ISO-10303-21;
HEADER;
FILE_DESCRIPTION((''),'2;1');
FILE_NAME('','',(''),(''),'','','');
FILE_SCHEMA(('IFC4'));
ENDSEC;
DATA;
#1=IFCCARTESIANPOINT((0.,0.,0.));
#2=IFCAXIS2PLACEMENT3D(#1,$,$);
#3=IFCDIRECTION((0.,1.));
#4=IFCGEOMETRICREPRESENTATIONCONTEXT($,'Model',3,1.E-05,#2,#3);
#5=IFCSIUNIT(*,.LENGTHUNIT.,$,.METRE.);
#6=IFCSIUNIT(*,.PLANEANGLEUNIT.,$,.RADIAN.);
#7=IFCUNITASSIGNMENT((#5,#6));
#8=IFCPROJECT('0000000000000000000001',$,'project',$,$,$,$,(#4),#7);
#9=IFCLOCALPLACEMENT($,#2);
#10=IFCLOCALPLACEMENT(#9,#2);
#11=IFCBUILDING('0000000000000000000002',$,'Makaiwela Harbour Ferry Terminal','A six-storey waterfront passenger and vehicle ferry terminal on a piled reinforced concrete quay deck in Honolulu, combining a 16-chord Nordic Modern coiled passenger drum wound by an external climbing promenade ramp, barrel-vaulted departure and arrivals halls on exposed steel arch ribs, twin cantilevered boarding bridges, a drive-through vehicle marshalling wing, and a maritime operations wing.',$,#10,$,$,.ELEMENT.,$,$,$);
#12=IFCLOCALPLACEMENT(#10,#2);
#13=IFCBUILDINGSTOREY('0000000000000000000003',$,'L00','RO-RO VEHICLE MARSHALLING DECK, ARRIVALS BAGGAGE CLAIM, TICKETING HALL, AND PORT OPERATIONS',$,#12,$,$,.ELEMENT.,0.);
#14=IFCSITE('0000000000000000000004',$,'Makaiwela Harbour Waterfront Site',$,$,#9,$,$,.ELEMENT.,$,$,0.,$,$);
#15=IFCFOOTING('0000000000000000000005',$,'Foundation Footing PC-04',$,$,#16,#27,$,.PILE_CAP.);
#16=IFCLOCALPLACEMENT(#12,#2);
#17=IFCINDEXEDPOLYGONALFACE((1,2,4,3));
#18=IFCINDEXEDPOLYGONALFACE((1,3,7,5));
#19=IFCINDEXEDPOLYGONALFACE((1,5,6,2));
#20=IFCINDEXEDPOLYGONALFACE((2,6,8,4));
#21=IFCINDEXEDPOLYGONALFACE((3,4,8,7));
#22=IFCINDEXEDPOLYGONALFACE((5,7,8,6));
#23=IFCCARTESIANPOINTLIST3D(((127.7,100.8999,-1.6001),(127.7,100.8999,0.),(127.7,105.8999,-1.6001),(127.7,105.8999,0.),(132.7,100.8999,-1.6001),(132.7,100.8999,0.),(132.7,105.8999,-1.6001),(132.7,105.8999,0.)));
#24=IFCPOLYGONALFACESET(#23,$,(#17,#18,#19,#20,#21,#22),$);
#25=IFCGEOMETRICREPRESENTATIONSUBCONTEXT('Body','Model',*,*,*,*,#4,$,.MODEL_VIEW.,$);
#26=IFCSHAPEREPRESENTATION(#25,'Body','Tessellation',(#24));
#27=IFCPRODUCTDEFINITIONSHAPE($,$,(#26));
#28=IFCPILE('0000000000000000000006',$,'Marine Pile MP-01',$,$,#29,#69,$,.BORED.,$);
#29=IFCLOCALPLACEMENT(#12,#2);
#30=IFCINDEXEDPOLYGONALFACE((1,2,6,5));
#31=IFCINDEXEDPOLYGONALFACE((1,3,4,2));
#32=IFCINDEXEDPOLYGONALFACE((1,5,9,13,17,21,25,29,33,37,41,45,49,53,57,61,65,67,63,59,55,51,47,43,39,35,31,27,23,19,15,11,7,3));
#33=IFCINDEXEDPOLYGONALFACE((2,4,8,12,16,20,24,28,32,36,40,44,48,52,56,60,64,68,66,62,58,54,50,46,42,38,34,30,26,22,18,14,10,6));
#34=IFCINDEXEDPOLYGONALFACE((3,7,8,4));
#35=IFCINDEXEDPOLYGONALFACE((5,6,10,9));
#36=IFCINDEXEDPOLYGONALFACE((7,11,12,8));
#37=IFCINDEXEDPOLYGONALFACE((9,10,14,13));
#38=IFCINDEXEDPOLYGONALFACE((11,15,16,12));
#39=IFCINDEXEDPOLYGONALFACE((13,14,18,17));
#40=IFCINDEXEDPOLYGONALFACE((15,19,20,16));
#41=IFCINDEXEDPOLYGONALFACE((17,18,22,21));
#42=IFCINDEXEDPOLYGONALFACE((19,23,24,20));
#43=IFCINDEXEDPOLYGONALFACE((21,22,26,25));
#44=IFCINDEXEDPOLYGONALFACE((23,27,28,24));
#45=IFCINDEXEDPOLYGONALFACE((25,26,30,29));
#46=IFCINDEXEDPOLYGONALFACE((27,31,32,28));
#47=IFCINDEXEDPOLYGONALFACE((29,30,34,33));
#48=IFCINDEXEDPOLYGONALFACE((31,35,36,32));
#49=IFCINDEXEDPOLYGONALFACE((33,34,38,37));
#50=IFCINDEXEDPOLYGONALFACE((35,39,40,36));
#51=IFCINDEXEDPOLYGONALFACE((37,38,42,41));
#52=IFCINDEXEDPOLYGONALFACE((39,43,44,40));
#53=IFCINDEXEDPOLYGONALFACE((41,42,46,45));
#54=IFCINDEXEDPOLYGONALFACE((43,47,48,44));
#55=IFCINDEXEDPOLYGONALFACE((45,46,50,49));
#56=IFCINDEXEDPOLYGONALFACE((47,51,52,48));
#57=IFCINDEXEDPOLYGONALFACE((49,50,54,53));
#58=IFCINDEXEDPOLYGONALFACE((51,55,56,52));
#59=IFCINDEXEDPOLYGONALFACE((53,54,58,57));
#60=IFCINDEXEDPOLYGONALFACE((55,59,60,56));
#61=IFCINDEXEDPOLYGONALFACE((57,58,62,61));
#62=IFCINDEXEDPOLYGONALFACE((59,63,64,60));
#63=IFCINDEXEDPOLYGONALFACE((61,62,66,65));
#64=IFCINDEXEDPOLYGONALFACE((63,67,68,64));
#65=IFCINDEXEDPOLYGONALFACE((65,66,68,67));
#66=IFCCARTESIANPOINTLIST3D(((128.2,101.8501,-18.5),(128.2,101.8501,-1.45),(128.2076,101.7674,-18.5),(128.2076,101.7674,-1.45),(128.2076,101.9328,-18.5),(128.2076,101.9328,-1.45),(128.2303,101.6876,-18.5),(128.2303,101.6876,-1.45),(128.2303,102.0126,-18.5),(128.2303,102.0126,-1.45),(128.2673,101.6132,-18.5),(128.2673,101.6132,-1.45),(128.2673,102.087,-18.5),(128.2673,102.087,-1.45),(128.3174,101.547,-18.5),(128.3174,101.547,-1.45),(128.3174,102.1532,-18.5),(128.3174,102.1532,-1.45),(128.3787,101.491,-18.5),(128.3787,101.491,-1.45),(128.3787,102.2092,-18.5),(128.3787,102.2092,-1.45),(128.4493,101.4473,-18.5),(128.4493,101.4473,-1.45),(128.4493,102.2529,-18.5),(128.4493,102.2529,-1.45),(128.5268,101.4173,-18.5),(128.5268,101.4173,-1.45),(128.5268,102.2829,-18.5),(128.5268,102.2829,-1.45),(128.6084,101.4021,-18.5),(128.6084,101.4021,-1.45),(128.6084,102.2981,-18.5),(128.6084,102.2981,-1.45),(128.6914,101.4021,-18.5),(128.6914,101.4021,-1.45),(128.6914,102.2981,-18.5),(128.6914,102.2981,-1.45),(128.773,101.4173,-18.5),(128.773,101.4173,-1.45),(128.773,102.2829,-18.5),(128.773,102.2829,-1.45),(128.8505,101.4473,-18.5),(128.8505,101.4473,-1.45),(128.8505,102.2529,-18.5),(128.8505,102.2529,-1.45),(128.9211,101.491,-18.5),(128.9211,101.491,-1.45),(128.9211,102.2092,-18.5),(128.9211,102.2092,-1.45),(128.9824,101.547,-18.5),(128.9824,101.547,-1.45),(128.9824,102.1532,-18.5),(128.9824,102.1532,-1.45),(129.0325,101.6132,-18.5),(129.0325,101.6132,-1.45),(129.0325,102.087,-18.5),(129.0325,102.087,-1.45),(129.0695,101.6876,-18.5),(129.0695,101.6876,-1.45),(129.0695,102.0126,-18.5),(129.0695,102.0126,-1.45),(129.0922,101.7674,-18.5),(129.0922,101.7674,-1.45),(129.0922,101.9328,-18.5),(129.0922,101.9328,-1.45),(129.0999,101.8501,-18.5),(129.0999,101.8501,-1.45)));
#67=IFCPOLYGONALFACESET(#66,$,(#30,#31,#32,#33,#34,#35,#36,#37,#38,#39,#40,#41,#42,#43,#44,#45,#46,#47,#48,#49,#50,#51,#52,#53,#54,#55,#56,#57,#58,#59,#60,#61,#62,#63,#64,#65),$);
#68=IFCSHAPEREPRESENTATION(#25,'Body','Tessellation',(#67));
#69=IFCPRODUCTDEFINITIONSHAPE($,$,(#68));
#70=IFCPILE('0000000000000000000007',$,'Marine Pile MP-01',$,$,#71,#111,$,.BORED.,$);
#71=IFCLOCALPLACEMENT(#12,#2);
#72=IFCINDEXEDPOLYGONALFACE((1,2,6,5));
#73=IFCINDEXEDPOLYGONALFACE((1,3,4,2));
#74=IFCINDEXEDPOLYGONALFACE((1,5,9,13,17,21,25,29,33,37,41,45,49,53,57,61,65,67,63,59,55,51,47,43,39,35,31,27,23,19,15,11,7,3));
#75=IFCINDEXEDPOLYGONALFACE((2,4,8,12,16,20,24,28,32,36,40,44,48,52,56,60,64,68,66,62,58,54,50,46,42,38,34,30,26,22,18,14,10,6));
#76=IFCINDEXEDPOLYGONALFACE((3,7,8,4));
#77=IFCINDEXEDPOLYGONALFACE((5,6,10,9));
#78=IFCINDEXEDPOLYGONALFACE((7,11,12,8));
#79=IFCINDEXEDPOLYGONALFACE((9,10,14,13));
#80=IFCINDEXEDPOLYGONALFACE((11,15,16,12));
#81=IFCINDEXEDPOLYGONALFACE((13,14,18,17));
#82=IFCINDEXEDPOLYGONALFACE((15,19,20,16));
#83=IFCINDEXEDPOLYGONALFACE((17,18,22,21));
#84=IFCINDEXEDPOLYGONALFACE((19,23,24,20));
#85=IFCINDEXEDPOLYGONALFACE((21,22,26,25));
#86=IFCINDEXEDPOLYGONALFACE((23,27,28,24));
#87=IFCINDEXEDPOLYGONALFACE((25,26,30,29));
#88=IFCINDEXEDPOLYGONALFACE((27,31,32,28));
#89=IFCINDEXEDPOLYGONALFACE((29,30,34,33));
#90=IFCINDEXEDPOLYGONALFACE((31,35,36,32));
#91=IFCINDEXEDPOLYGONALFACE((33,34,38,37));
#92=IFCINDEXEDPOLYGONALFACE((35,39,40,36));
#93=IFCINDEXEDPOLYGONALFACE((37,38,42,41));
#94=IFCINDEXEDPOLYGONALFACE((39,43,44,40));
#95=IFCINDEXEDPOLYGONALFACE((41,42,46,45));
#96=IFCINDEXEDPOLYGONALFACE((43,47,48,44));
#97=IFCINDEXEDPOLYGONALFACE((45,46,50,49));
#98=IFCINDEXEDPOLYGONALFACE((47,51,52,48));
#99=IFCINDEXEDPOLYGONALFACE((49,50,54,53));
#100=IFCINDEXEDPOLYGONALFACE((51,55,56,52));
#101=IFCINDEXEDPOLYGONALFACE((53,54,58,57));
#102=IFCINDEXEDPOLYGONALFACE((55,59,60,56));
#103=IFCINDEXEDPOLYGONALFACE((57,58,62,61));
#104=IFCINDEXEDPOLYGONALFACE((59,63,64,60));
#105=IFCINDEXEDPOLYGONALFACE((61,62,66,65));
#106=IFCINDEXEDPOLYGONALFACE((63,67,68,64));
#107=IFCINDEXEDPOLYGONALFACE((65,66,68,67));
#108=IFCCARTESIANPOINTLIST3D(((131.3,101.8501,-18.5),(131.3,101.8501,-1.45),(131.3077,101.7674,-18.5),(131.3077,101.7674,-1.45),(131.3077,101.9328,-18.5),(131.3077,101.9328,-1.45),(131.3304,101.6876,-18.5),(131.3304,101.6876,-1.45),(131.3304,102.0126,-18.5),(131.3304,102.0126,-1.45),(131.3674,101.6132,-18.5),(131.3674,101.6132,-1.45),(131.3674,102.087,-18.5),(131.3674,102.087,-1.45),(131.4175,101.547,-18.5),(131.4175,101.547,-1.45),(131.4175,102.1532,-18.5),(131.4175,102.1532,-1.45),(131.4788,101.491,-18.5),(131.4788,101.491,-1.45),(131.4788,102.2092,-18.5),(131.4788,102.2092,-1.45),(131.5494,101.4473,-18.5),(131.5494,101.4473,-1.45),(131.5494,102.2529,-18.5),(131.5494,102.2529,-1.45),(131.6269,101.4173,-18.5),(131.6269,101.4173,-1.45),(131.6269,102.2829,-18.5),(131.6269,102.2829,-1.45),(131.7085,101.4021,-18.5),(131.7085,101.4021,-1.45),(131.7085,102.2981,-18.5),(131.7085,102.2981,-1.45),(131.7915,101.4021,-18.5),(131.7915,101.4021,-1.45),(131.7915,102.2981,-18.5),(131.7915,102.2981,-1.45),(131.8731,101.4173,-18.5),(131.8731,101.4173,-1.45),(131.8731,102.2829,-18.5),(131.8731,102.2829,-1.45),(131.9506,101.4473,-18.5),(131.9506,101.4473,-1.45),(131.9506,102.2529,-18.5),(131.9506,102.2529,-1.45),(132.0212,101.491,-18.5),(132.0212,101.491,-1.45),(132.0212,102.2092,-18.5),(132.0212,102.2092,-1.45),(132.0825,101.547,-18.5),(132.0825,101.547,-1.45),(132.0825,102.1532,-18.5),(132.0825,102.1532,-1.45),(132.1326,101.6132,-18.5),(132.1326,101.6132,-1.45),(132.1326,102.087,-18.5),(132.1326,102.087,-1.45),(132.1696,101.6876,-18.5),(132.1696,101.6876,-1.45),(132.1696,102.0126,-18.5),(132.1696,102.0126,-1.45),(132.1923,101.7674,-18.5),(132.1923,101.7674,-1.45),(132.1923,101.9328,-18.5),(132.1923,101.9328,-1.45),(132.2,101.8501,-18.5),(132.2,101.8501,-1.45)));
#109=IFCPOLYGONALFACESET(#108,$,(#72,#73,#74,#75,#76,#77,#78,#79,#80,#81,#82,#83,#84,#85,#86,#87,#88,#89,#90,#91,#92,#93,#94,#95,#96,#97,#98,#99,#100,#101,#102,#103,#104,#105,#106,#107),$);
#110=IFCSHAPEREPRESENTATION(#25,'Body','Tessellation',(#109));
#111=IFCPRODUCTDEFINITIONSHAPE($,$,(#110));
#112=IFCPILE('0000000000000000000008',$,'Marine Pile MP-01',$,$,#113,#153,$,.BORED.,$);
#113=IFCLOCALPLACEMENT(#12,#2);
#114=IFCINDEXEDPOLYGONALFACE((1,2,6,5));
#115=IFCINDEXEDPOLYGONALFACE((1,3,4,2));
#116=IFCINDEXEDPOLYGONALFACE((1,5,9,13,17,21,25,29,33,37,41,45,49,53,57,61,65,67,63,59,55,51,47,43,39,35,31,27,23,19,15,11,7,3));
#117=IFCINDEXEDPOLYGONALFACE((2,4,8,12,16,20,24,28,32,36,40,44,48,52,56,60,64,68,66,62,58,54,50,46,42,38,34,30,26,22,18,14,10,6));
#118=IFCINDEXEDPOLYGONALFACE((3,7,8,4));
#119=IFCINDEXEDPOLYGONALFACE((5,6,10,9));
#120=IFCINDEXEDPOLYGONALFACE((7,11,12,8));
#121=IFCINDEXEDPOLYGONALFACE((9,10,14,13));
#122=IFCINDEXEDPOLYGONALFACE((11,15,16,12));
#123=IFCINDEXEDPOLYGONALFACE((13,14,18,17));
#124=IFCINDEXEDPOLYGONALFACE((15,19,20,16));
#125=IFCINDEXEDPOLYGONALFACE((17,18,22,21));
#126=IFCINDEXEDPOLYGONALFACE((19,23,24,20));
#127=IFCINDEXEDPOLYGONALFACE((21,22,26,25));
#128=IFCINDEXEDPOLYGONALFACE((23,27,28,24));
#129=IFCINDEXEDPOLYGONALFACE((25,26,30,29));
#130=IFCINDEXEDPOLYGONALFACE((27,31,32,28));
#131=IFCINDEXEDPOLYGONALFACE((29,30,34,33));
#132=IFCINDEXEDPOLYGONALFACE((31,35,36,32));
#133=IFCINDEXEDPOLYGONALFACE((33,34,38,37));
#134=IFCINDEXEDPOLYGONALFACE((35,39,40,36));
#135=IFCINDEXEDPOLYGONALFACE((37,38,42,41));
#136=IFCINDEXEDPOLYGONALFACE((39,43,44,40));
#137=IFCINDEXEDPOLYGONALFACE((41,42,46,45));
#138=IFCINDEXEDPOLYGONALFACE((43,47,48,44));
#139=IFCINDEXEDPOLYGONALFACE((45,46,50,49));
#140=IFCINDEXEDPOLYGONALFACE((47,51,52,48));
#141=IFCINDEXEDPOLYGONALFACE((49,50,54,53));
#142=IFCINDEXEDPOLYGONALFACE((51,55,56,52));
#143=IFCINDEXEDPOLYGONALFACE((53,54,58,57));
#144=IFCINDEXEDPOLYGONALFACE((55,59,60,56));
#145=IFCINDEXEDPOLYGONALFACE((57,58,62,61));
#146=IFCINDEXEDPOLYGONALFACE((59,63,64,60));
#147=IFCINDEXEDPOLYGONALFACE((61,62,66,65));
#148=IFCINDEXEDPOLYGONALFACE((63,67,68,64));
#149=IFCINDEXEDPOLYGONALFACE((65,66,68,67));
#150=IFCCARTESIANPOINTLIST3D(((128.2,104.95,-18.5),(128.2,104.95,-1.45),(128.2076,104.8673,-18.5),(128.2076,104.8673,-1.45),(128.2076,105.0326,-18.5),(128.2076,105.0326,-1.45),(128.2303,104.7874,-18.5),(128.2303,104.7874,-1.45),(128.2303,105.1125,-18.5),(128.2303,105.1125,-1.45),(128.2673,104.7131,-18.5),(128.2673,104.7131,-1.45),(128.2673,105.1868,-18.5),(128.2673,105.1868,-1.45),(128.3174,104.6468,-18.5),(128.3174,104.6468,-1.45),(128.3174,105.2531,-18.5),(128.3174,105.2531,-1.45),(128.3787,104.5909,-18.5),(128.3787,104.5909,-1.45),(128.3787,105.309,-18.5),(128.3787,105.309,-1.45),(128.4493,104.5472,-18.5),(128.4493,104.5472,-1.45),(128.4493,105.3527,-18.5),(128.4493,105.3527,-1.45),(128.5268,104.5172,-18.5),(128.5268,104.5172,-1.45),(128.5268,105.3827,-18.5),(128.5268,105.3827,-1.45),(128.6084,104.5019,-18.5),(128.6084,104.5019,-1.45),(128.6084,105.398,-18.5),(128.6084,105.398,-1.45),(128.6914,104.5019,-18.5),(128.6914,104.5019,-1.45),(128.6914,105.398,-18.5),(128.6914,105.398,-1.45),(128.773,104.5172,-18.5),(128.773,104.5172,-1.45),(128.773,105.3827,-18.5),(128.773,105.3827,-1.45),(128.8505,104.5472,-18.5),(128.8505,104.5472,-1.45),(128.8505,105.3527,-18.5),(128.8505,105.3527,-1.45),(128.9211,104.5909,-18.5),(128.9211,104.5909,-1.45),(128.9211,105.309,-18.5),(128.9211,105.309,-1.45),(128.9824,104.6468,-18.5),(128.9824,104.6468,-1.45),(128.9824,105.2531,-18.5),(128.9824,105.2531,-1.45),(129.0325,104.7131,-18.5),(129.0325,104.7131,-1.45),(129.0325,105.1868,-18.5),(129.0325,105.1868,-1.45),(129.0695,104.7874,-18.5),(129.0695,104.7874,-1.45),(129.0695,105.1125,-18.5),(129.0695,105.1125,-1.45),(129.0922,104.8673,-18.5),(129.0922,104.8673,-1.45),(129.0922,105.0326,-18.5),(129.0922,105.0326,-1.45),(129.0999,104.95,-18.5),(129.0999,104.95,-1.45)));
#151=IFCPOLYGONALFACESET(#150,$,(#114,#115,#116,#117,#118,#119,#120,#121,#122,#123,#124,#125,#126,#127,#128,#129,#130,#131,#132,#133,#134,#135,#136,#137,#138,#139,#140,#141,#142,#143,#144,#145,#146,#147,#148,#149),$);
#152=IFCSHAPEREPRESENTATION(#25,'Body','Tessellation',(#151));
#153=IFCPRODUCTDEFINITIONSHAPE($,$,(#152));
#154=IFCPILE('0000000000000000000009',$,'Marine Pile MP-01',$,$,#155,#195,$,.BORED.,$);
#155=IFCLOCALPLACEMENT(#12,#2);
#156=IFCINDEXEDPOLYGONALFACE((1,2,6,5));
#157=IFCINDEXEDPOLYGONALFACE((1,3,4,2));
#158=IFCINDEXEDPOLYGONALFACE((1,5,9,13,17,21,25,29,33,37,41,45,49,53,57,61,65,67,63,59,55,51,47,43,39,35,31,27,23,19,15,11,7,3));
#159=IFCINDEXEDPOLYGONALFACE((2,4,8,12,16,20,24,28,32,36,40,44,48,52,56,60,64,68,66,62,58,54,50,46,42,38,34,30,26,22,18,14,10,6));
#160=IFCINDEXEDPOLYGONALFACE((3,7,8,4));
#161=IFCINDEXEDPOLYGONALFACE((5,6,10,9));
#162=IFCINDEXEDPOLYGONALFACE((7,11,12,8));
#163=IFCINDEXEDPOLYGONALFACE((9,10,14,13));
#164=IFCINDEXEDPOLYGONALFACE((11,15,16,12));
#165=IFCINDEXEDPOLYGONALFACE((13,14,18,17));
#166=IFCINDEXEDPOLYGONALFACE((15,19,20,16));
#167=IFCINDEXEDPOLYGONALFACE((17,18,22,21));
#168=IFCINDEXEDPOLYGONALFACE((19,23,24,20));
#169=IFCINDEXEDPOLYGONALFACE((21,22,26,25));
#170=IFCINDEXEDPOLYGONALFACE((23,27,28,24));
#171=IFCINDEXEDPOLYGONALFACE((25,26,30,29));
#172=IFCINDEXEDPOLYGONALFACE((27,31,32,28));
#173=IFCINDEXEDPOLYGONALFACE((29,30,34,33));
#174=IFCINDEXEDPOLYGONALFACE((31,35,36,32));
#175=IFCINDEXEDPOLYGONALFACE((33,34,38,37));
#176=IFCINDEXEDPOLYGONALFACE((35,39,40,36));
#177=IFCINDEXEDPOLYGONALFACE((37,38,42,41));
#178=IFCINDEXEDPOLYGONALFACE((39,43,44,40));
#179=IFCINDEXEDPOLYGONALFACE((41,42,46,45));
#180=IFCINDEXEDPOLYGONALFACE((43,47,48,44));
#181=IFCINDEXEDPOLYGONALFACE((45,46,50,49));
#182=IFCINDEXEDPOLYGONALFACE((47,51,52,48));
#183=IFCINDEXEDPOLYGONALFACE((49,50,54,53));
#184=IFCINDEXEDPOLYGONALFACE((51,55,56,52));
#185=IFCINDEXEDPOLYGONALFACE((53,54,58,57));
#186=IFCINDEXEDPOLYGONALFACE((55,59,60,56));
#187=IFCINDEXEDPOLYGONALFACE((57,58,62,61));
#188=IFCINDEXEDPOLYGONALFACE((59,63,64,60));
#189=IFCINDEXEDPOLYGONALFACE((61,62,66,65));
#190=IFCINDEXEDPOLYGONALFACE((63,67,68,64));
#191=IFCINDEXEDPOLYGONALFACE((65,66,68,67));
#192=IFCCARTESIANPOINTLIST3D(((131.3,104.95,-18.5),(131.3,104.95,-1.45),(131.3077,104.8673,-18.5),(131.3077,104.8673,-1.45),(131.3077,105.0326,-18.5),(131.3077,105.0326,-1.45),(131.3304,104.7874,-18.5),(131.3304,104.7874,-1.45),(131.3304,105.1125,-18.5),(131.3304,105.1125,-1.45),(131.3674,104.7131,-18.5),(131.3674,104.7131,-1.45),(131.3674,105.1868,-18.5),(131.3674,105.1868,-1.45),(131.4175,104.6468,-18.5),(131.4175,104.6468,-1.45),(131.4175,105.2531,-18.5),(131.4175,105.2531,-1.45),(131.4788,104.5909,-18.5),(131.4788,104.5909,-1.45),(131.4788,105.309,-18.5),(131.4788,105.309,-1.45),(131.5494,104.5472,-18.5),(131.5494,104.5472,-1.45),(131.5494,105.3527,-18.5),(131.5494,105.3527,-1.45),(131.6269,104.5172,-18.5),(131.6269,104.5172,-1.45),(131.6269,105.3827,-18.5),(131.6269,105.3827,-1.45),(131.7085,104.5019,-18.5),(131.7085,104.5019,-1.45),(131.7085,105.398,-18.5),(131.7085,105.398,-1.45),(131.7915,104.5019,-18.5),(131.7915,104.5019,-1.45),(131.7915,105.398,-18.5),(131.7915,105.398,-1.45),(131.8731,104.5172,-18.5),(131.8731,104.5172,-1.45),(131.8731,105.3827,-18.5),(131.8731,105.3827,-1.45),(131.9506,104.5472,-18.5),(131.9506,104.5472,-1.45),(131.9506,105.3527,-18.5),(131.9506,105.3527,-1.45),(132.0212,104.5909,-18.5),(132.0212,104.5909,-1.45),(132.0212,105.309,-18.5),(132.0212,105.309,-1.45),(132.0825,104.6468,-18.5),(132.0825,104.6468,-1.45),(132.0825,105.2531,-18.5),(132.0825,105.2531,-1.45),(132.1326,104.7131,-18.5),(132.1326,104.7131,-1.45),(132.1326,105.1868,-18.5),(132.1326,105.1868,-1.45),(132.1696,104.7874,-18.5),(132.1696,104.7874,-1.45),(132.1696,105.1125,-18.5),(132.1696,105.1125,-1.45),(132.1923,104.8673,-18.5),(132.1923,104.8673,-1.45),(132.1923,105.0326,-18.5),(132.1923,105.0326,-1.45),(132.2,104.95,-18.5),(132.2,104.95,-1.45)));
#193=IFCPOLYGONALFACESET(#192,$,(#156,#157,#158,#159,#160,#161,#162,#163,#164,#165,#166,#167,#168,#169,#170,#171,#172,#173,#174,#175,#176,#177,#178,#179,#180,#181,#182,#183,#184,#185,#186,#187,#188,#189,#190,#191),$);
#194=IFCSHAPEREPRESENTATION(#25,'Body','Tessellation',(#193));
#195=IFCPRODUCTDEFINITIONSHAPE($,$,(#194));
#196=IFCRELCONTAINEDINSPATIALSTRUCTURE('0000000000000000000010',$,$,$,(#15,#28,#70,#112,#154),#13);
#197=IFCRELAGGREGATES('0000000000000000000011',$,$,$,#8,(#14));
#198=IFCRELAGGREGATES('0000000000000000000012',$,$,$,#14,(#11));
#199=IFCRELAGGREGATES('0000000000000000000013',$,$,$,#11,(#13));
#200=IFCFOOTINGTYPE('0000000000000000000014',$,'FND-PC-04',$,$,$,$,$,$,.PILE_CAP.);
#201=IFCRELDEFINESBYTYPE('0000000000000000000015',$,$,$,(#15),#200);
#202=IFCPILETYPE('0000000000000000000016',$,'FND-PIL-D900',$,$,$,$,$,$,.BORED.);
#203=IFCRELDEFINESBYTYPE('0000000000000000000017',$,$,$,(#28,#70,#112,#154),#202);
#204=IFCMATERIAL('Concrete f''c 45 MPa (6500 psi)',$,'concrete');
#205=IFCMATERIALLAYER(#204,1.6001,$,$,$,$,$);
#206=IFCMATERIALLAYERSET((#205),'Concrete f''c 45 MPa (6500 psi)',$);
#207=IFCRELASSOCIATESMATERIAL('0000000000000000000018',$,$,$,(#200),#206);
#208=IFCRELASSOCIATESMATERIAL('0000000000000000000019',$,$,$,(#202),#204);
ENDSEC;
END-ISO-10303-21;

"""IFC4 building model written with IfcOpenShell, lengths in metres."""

from ifc_helpers import new_model, si_unit, direction, frame, origin, origin_2d, place, context, subcontext, project, spatial, rectangle, circle, extrude, material, layer, layer_set, material_profile, profile_set, type_object, element, save


model = new_model("IFC4")

# Units and contexts
model_context = context("Model", 3, precision=1e-05, world=origin(), true_north=direction((0.0, 1.0)))
body_context = subcontext(model_context, "Body", "Model", "MODEL_VIEW")
ifc_project = project(units=[si_unit("LENGTHUNIT", "METRE"), si_unit("PLANEANGLEUNIT", "RADIAN")], contexts=[model_context])

# Site, building, storey
site_placement = place(None, origin())
site = spatial("IfcSite", under=ifc_project, at=site_placement, Name="Makaiwela Harbour Waterfront Site", CompositionType="ELEMENT", RefElevation=0.0)
building_placement = place(site_placement, origin())
building = spatial("IfcBuilding", under=site, at=building_placement, Name="Makaiwela Harbour Ferry Terminal", Description="A six-storey waterfront passenger and vehicle ferry terminal on a piled reinforced concrete quay deck in Honolulu, combining a 16-chord Nordic Modern coiled passenger drum wound by an external climbing promenade ramp, barrel-vaulted departure and arrivals halls on exposed steel arch ribs, twin cantilevered boarding bridges, a drive-through vehicle marshalling wing, and a maritime operations wing.", CompositionType="ELEMENT")
storey_placement = place(building_placement, origin())
storey = spatial("IfcBuildingStorey", under=building, at=storey_placement, Name="L00", Description="RO-RO VEHICLE MARSHALLING DECK, ARRIVALS BAGGAGE CLAIM, TICKETING HALL, AND PORT OPERATIONS", CompositionType="ELEMENT", Elevation=0.0)

# Footing
ifc_material_1 = material(Name="Concrete f'c 45 MPa (6500 psi)", Category="concrete")
ifc_layer_1 = layer(ifc_material_1, 1.6001)
ifc_layer_set_1 = layer_set([ifc_layer_1], Name="Concrete f'c 45 MPa (6500 psi)")
footing_type_1 = type_object("IfcFootingType", Name="FND-PC-04", PredefinedType="PILE_CAP", material=ifc_layer_set_1)
footing_1_placement = place(storey_placement, frame((130.2, 103.3999, -1.6001), z_axis=(0.0, 0.0, 1.0), x_axis=(1.0, 0.0, 0.0)))
element("IfcFooting", 1, at=footing_1_placement, inside=storey, type_object=footing_type_1, Name="Foundation Footing PC-04", PredefinedType="PILE_CAP", context=body_context, shape_type="SweptSolid", body=[
    extrude(rectangle(XDim=5.0, YDim=5.0, at=origin_2d()), origin(), (0.0, 0.0, 1.0), 1.6001),
])

# Piles
ifc_material_profile_1 = material_profile(ifc_material_1, circle(Radius=0.45, at=origin_2d()), Name="PILE-D900")
ifc_profile_set_1 = profile_set([ifc_material_profile_1], Name="Concrete f'c 45 MPa (6500 psi)")
pile_type = type_object("IfcPileType", Name="FND-PIL-D900", PredefinedType="BORED", material=ifc_profile_set_1)
for number, where, z_axis, x_axis, name in (
    (2, (128.6499, 101.8501, -1.45), (0.0, 0.0, -1.0), (1.0, 0.0, 0.0), "Marine Pile MP-01"),
    (3, (131.75, 101.8501, -1.45), (0.0, 0.0, -1.0), (1.0, 0.0, 0.0), "Marine Pile MP-01"),
    (4, (128.6499, 104.95, -1.45), (0.0, 0.0, -1.0), (1.0, 0.0, 0.0), "Marine Pile MP-01"),
    (5, (131.75, 104.95, -1.45), (0.0, 0.0, -1.0), (1.0, 0.0, 0.0), "Marine Pile MP-01"),
):
    element("IfcPile", number, at=place(storey_placement, frame(where, z_axis=z_axis, x_axis=x_axis)), inside=storey, type_object=pile_type, Name=name, PredefinedType="BORED", context=body_context, shape_type="SweptSolid", body=[
        extrude(circle(Radius=0.45, at=origin_2d()), origin(), (0.0, 0.0, 1.0), 17.05),
    ])

save(model, "model.ifc")
